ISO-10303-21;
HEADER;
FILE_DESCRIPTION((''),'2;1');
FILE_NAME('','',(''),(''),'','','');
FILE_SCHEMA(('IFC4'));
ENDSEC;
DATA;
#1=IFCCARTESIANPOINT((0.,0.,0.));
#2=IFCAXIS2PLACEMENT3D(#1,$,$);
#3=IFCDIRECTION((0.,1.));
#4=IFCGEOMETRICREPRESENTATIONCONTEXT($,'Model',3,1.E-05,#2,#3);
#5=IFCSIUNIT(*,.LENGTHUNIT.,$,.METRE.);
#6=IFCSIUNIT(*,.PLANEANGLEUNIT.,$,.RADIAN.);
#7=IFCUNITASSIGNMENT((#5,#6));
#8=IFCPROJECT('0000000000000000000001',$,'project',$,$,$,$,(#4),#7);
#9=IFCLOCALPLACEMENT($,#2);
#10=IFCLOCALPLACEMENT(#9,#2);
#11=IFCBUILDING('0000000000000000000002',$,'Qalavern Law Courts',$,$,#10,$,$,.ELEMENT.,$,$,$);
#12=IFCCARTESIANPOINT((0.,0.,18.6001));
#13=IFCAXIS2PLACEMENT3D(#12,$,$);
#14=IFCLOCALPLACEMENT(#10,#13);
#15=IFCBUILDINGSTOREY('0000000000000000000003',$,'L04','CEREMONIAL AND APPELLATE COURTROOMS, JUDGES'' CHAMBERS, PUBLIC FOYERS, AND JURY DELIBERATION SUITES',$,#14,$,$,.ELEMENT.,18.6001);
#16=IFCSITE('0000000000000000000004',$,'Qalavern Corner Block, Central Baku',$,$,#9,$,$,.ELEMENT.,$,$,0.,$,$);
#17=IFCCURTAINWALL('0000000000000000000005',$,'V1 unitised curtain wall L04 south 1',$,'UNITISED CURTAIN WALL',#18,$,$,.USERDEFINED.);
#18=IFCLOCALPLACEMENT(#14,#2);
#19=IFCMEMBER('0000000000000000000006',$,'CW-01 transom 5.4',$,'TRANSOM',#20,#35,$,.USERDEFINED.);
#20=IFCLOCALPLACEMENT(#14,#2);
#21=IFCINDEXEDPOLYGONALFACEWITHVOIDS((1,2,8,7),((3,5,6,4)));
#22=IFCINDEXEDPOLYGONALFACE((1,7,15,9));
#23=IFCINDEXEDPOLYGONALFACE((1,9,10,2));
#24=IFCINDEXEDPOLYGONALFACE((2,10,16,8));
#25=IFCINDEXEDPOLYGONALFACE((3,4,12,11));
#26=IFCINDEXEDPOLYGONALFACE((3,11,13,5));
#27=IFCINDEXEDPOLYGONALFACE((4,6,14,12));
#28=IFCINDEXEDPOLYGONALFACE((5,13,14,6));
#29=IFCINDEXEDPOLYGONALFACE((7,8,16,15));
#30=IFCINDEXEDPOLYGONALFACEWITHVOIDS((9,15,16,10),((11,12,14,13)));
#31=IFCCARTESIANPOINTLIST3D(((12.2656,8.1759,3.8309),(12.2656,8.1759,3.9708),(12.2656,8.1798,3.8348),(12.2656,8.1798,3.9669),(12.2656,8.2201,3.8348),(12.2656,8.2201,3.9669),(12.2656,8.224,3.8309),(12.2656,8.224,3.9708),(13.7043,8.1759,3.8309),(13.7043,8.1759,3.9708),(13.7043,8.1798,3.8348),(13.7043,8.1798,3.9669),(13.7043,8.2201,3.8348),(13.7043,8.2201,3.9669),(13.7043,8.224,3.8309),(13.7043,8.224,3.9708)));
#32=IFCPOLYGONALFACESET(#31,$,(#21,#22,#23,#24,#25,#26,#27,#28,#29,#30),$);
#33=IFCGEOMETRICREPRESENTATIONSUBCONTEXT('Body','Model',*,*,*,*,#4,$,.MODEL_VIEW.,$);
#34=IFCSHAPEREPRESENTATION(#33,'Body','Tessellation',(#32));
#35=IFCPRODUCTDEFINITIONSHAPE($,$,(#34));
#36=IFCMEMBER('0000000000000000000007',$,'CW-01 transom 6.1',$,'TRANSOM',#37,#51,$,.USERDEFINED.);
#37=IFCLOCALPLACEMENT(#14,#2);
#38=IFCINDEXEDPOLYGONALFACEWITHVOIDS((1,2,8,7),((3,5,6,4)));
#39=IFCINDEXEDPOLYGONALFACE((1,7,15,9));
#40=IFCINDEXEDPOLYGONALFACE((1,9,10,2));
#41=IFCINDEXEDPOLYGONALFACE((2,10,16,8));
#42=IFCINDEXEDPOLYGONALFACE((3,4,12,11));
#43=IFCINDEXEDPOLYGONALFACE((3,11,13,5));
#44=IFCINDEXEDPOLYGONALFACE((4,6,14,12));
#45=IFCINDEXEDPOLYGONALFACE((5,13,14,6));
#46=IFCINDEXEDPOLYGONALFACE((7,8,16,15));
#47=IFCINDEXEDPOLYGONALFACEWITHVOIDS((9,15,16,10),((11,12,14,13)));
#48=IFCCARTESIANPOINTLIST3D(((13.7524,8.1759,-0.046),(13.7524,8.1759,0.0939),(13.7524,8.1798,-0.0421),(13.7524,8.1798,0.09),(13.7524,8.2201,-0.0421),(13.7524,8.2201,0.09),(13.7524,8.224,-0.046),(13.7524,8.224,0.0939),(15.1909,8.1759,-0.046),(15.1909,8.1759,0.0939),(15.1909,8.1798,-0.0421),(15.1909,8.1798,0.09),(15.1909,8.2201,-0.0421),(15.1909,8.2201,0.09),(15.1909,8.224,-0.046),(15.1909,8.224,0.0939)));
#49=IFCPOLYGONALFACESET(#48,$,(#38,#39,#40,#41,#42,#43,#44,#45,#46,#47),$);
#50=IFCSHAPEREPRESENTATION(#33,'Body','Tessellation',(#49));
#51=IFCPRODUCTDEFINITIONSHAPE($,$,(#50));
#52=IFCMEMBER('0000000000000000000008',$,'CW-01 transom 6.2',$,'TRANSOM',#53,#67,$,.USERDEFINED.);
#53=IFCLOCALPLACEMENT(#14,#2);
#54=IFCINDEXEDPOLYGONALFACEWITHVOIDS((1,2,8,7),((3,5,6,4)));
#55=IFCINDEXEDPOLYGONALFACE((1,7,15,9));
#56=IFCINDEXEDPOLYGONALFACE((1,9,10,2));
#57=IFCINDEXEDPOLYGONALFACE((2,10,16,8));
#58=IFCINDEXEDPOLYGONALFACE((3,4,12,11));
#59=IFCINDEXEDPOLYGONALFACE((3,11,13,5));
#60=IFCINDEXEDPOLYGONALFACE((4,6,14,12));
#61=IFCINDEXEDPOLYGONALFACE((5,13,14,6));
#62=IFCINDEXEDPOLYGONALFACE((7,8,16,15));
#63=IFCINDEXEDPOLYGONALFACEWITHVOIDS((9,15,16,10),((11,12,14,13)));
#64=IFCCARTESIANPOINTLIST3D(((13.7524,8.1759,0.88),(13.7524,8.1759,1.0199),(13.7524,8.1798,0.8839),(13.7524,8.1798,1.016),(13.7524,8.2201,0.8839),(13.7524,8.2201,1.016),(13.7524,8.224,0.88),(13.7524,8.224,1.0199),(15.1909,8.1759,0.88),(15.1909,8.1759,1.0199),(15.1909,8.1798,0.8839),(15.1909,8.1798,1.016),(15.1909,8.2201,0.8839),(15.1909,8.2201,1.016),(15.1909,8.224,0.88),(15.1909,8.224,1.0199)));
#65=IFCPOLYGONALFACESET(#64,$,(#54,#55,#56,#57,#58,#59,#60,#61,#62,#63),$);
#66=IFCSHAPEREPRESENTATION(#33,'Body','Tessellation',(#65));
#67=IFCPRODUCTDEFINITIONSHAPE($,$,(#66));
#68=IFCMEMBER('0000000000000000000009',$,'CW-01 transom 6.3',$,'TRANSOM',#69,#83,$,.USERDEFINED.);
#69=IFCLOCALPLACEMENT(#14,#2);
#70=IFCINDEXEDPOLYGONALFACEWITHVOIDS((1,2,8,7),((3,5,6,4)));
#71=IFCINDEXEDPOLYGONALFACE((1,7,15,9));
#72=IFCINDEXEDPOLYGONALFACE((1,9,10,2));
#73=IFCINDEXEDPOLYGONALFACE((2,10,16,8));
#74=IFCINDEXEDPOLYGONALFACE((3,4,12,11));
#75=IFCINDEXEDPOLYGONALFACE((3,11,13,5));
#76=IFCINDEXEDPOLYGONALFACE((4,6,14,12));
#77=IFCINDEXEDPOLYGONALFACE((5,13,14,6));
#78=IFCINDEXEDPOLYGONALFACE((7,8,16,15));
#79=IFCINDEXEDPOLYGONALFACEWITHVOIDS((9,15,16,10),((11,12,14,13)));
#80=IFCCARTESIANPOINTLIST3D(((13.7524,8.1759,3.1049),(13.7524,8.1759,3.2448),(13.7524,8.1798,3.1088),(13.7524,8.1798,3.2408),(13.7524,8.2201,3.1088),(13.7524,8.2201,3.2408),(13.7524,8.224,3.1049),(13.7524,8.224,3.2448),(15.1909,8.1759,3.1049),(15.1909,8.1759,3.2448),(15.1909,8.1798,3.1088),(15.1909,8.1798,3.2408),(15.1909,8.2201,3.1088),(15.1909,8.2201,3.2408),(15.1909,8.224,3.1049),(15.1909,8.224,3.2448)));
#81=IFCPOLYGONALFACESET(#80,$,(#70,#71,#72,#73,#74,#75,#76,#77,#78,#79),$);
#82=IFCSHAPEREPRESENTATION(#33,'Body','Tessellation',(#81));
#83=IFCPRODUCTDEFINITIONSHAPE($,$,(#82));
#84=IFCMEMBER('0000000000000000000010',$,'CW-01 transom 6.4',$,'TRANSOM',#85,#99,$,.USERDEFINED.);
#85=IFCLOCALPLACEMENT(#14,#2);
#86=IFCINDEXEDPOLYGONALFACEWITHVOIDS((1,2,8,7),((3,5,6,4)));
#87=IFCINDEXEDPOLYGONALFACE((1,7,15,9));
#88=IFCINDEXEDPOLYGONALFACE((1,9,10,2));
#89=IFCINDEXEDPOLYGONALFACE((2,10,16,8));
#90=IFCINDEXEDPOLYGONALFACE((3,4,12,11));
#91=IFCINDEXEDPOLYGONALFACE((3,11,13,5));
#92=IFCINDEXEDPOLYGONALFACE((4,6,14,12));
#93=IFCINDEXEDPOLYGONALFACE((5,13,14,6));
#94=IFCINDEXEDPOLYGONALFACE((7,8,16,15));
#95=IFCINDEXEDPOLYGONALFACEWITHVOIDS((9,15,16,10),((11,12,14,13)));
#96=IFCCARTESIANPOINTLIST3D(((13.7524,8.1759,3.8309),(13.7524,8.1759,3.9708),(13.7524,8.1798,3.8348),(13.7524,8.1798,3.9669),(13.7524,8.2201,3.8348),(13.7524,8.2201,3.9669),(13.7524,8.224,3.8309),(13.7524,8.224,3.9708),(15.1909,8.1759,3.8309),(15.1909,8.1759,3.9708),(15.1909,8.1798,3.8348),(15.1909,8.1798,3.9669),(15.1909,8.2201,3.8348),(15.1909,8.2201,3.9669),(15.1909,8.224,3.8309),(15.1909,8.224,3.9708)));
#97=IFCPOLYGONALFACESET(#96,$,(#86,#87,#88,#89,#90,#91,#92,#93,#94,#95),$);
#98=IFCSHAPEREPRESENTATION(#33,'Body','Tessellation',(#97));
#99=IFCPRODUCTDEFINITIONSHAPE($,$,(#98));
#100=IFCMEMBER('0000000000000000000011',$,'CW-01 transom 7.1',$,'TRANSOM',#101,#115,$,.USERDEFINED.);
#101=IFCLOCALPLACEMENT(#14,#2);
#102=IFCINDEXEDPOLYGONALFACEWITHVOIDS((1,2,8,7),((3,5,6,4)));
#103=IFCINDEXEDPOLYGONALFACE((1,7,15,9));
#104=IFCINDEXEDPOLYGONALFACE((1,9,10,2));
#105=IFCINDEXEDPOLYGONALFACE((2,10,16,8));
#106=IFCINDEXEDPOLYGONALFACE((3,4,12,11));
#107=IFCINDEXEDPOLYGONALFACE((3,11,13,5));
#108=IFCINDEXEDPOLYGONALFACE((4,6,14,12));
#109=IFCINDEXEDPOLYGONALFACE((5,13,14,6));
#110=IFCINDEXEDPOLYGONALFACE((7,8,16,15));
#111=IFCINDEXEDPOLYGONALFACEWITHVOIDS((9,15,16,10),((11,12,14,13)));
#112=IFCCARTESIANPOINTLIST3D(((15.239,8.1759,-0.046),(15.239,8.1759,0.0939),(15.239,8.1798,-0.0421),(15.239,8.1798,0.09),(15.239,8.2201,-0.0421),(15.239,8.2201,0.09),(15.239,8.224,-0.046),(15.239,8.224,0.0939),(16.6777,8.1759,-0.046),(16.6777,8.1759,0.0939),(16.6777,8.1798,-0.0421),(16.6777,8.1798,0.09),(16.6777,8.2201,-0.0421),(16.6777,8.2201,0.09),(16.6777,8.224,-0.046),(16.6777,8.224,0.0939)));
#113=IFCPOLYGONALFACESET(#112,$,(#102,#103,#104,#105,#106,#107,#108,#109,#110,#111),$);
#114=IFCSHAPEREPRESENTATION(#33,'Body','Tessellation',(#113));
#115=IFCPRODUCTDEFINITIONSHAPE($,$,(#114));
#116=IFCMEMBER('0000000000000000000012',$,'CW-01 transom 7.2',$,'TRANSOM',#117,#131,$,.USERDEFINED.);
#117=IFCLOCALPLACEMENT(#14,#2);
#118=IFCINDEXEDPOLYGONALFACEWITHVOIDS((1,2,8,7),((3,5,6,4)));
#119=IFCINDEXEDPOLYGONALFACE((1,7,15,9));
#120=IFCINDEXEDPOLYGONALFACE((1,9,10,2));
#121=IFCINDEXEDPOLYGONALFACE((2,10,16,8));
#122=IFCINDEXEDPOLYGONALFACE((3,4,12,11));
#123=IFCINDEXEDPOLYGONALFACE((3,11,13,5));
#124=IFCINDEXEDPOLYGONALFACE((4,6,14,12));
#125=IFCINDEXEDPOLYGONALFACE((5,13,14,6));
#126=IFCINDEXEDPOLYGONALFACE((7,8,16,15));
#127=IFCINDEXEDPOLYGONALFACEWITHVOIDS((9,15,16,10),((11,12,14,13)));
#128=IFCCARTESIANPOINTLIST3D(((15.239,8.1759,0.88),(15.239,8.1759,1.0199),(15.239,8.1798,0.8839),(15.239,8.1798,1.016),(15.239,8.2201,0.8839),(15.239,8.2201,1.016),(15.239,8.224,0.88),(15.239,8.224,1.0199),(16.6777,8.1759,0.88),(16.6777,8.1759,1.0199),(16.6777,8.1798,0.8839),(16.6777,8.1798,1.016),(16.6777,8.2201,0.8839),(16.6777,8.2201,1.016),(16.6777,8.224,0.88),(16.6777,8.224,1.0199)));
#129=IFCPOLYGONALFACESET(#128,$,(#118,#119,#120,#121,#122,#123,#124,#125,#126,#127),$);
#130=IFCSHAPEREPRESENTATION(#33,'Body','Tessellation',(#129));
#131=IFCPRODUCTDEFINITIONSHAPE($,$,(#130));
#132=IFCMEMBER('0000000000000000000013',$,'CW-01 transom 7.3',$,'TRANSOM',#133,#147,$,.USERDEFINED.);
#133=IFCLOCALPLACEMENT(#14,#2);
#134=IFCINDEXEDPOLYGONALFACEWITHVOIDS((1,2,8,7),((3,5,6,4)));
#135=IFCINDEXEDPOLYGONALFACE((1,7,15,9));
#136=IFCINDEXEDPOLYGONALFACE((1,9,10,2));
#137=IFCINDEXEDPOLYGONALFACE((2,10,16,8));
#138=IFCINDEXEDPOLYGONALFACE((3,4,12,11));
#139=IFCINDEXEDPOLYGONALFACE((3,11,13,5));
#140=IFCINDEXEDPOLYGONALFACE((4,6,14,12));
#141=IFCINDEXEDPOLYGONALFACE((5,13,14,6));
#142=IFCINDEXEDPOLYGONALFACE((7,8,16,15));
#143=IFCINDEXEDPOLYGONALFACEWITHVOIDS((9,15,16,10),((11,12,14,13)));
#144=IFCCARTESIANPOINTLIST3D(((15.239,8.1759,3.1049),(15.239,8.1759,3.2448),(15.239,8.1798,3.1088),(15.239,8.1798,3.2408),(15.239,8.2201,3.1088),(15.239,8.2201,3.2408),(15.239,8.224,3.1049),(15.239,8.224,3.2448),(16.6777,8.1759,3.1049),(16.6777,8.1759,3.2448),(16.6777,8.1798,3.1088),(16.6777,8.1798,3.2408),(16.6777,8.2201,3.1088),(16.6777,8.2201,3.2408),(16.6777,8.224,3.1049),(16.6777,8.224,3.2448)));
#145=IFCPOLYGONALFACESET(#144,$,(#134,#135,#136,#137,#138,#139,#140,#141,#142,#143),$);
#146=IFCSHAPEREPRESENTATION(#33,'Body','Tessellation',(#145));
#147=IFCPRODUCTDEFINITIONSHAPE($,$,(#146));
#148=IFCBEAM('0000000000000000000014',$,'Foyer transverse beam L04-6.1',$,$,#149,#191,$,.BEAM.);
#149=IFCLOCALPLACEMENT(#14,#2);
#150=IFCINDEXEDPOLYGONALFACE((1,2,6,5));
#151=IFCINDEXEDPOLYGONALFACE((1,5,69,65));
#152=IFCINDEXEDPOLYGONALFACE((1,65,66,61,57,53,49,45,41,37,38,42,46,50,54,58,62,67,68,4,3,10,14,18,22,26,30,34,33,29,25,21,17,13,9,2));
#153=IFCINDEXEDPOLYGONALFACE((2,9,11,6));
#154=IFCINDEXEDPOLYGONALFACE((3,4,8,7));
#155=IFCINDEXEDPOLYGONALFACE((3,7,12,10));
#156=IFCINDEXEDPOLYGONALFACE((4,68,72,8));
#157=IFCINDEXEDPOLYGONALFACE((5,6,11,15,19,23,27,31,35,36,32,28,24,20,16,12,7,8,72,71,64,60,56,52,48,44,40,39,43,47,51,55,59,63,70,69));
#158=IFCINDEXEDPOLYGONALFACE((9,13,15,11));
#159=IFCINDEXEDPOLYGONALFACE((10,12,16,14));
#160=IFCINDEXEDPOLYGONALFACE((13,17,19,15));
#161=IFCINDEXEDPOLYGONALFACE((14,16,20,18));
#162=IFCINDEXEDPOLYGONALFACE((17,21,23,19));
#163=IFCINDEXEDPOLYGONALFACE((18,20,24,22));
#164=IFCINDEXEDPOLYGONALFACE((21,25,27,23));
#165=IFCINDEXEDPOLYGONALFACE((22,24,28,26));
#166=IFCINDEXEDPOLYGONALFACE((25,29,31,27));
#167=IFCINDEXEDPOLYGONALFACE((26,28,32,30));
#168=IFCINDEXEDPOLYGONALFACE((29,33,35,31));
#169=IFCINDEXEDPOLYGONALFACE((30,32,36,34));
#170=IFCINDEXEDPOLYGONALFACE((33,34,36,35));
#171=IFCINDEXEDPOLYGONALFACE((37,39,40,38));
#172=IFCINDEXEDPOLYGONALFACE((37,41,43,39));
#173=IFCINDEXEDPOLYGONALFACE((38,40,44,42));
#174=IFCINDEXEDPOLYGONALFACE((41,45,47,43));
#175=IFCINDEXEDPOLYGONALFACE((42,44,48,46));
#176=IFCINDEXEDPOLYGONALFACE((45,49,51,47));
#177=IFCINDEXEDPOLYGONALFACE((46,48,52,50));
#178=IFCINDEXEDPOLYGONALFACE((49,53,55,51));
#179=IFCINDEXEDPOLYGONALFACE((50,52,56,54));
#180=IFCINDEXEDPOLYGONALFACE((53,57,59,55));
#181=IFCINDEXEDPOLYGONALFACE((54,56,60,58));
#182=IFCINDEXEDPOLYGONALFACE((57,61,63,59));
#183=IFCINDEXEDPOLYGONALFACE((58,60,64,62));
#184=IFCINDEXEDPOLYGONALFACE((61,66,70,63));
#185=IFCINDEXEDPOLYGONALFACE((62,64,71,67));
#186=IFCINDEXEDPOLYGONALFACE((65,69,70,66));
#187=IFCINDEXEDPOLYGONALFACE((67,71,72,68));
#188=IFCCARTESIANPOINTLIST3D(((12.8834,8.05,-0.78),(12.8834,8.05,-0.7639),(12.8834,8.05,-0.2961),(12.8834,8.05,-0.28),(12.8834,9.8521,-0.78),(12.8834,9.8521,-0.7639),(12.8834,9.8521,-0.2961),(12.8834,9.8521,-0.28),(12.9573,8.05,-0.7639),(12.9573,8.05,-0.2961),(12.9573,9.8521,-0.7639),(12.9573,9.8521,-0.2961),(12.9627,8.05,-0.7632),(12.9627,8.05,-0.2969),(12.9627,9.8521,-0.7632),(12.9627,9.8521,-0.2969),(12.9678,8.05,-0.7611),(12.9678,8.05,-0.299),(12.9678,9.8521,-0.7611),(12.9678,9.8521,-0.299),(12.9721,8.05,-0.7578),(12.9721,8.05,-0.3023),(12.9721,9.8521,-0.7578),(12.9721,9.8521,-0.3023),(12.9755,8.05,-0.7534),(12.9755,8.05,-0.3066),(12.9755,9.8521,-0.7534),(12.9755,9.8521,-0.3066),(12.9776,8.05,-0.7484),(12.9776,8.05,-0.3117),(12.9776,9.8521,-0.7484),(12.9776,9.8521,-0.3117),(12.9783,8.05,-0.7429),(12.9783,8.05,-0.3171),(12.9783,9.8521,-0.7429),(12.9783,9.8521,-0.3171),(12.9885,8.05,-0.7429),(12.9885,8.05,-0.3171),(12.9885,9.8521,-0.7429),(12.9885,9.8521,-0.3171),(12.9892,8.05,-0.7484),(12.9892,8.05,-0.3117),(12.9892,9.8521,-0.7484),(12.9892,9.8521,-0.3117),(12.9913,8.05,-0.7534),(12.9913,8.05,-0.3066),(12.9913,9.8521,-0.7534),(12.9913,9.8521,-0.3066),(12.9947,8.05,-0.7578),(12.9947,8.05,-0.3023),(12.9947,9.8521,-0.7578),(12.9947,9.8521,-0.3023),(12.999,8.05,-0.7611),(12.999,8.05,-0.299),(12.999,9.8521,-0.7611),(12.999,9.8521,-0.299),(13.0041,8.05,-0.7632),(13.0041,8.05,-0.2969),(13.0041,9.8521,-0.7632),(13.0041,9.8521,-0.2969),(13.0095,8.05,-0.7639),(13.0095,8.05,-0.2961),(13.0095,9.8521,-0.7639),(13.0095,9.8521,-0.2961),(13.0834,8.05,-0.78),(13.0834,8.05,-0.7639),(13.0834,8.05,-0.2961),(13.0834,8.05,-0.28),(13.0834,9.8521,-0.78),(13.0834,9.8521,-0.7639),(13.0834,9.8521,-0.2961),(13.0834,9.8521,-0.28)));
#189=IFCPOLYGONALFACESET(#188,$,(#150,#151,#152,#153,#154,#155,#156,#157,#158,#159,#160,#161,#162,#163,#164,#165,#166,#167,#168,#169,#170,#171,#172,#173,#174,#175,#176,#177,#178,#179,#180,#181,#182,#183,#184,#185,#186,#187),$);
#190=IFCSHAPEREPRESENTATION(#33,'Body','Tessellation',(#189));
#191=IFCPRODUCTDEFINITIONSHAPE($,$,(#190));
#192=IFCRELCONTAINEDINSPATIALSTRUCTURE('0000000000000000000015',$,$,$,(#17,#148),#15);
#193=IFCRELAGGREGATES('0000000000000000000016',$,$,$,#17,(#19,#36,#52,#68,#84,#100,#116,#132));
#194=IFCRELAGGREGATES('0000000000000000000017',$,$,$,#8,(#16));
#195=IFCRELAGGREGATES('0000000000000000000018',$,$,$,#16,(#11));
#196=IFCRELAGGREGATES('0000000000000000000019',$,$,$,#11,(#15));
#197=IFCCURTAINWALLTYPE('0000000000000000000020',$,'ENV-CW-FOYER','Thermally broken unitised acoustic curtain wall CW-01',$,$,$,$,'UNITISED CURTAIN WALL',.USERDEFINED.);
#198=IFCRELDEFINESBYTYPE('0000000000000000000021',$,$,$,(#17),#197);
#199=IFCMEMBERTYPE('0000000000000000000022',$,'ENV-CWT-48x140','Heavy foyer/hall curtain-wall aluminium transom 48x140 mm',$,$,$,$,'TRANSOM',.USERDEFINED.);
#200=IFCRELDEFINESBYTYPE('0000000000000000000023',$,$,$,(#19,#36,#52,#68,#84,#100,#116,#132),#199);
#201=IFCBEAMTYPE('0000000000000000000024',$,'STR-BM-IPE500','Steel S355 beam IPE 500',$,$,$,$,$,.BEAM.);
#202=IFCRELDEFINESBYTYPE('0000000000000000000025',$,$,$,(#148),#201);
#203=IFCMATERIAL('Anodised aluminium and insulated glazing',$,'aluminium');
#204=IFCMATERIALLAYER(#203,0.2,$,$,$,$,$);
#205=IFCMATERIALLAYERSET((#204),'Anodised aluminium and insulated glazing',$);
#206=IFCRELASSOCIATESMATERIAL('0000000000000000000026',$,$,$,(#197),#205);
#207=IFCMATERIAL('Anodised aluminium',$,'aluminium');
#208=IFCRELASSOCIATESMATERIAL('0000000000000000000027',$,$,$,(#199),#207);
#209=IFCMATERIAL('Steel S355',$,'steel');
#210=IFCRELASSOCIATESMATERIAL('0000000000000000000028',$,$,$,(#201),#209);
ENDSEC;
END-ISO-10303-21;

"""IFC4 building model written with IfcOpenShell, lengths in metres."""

from ifc_helpers import new_model, si_unit, direction, frame, origin, origin_2d, place, context, subcontext, project, spatial, hollow_rectangle, i_section, extrude, material, layer, layer_set, material_profile, profile_set, type_object, element, aggregate, save


model = new_model("IFC4")

# Units and contexts
model_context = context("Model", 3, precision=1e-05, world=origin(), true_north=direction((0.0, 1.0)))
body_context = subcontext(model_context, "Body", "Model", "MODEL_VIEW")
ifc_project = project(units=[si_unit("LENGTHUNIT", "METRE"), si_unit("PLANEANGLEUNIT", "RADIAN")], contexts=[model_context])

# Site, building, storey
site_placement = place(None, origin())
site = spatial("IfcSite", under=ifc_project, at=site_placement, Name="Qalavern Corner Block, Central Baku", CompositionType="ELEMENT", RefElevation=0.0)
building_placement = place(site_placement, origin())
building = spatial("IfcBuilding", under=site, at=building_placement, Name="Qalavern Law Courts", CompositionType="ELEMENT")
storey_placement = place(building_placement, frame((0.0, 0.0, 18.6001)))
storey = spatial("IfcBuildingStorey", under=building, at=storey_placement, Name="L04", Description="CEREMONIAL AND APPELLATE COURTROOMS, JUDGES' CHAMBERS, PUBLIC FOYERS, AND JURY DELIBERATION SUITES", CompositionType="ELEMENT", Elevation=18.6001)

# Curtain wall, members
ifc_material_1 = material(Name="Anodised aluminium and insulated glazing", Category="aluminium")
ifc_layer_1 = layer(ifc_material_1, 0.2)
ifc_layer_set_1 = layer_set([ifc_layer_1], Name="Anodised aluminium and insulated glazing")
curtain_wall_type = type_object("IfcCurtainWallType", Name="ENV-CW-FOYER", Description="Thermally broken unitised acoustic curtain wall CW-01", ElementType="UNITISED CURTAIN WALL", PredefinedType="USERDEFINED", material=ifc_layer_set_1)
curtain_wall_placement = place(storey_placement, origin())
curtain_wall = element("IfcCurtainWall", 1, at=curtain_wall_placement, inside=storey, type_object=curtain_wall_type, Name="V1 unitised curtain wall L04 south 1", ObjectType="UNITISED CURTAIN WALL", PredefinedType="USERDEFINED")
ifc_material_2 = material(Name="Anodised aluminium", Category="aluminium")
ifc_material_profile_1 = material_profile(ifc_material_2, hollow_rectangle(XDim=0.0481, YDim=0.1399, WallThickness=0.0039, at=origin_2d()), Name="ALU TRANSOM 48x140")
ifc_profile_set_1 = profile_set([ifc_material_profile_1], Name="Anodised aluminium")
member_type_1 = type_object("IfcMemberType", Name="ENV-CWT-48x140", Description="Heavy foyer/hall curtain-wall aluminium transom 48x140 mm", ElementType="TRANSOM", PredefinedType="USERDEFINED", material=ifc_profile_set_1)
member_1_placement = place(storey_placement, frame((12.2656, 8.2, 3.9009), z_axis=(1.0, 0.0, 0.0), x_axis=(0.0, 1.0, 0.0)))
member_1 = element("IfcMember", 2, at=member_1_placement, type_object=member_type_1, Name="CW-01 transom 5.4", ObjectType="TRANSOM", PredefinedType="USERDEFINED", context=body_context, shape_type="SweptSolid", body=[
    extrude(hollow_rectangle(XDim=0.0481, YDim=0.1399, WallThickness=0.0039, at=origin_2d()), origin(), (0.0, 0.0, 1.0), 1.4387),
])
member_2_placement = place(storey_placement, frame((13.7524, 8.2, 0.0239), z_axis=(1.0, 0.0, 0.0), x_axis=(0.0, 1.0, 0.0)))
member_2 = element("IfcMember", 3, at=member_2_placement, type_object=member_type_1, Name="CW-01 transom 6.1", ObjectType="TRANSOM", PredefinedType="USERDEFINED", context=body_context, shape_type="SweptSolid", body=[
    extrude(hollow_rectangle(XDim=0.0481, YDim=0.1399, WallThickness=0.0039, at=origin_2d()), origin(), (0.0, 0.0, 1.0), 1.4385),
])
member_3_placement = place(storey_placement, frame((13.7524, 8.2, 0.95), z_axis=(1.0, 0.0, 0.0), x_axis=(0.0, 1.0, 0.0)))
member_3 = element("IfcMember", 4, at=member_3_placement, type_object=member_type_1, Name="CW-01 transom 6.2", ObjectType="TRANSOM", PredefinedType="USERDEFINED", context=body_context, shape_type="SweptSolid", body=[
    extrude(hollow_rectangle(XDim=0.0481, YDim=0.1399, WallThickness=0.0039, at=origin_2d()), origin(), (0.0, 0.0, 1.0), 1.4385),
])
member_4_placement = place(storey_placement, frame((13.7524, 8.2, 3.1748), z_axis=(1.0, 0.0, 0.0), x_axis=(0.0, 1.0, 0.0)))
member_4 = element("IfcMember", 5, at=member_4_placement, type_object=member_type_1, Name="CW-01 transom 6.3", ObjectType="TRANSOM", PredefinedType="USERDEFINED", context=body_context, shape_type="SweptSolid", body=[
    extrude(hollow_rectangle(XDim=0.0481, YDim=0.1399, WallThickness=0.0039, at=origin_2d()), origin(), (0.0, 0.0, 1.0), 1.4385),
])
member_5_placement = place(storey_placement, frame((13.7524, 8.2, 3.9009), z_axis=(1.0, 0.0, 0.0), x_axis=(0.0, 1.0, 0.0)))
member_5 = element("IfcMember", 6, at=member_5_placement, type_object=member_type_1, Name="CW-01 transom 6.4", ObjectType="TRANSOM", PredefinedType="USERDEFINED", context=body_context, shape_type="SweptSolid", body=[
    extrude(hollow_rectangle(XDim=0.0481, YDim=0.1399, WallThickness=0.0039, at=origin_2d()), origin(), (0.0, 0.0, 1.0), 1.4385),
])
member_6_placement = place(storey_placement, frame((15.239, 8.2, 0.0239), z_axis=(1.0, 0.0, 0.0), x_axis=(0.0, 1.0, 0.0)))
member_6 = element("IfcMember", 7, at=member_6_placement, type_object=member_type_1, Name="CW-01 transom 7.1", ObjectType="TRANSOM", PredefinedType="USERDEFINED", context=body_context, shape_type="SweptSolid", body=[
    extrude(hollow_rectangle(XDim=0.0481, YDim=0.1399, WallThickness=0.0039, at=origin_2d()), origin(), (0.0, 0.0, 1.0), 1.4387),
])
member_7_placement = place(storey_placement, frame((15.239, 8.2, 0.95), z_axis=(1.0, 0.0, 0.0), x_axis=(0.0, 1.0, 0.0)))
member_7 = element("IfcMember", 8, at=member_7_placement, type_object=member_type_1, Name="CW-01 transom 7.2", ObjectType="TRANSOM", PredefinedType="USERDEFINED", context=body_context, shape_type="SweptSolid", body=[
    extrude(hollow_rectangle(XDim=0.0481, YDim=0.1399, WallThickness=0.0039, at=origin_2d()), origin(), (0.0, 0.0, 1.0), 1.4387),
])
member_8_placement = place(storey_placement, frame((15.239, 8.2, 3.1748), z_axis=(1.0, 0.0, 0.0), x_axis=(0.0, 1.0, 0.0)))
member_8 = element("IfcMember", 9, at=member_8_placement, type_object=member_type_1, Name="CW-01 transom 7.3", ObjectType="TRANSOM", PredefinedType="USERDEFINED", context=body_context, shape_type="SweptSolid", body=[
    extrude(hollow_rectangle(XDim=0.0481, YDim=0.1399, WallThickness=0.0039, at=origin_2d()), origin(), (0.0, 0.0, 1.0), 1.4387),
])

# Beam
ifc_material_3 = material(Name="Steel S355", Category="steel")
ifc_material_profile_2 = material_profile(ifc_material_3, i_section(OverallWidth=0.2, OverallDepth=0.5, WebThickness=0.0103, FlangeThickness=0.0161, FilletRadius=0.021, at=origin_2d()), Name="IPE 500")
ifc_profile_set_2 = profile_set([ifc_material_profile_2], Name="Steel S355")
beam_type = type_object("IfcBeamType", Name="STR-BM-IPE500", Description="Steel S355 beam IPE 500", PredefinedType="BEAM", material=ifc_profile_set_2)
beam_1_placement = place(storey_placement, frame((12.9834, 8.05, -0.53), z_axis=(0.0, 1.0, 0.0), x_axis=(-1.0, 0.0, 0.0)))
element("IfcBeam", 10, at=beam_1_placement, inside=storey, type_object=beam_type, Name="Foyer transverse beam L04-6.1", PredefinedType="BEAM", context=body_context, shape_type="SweptSolid", body=[
    extrude(i_section(OverallWidth=0.2, OverallDepth=0.5, WebThickness=0.0103, FlangeThickness=0.0161, FilletRadius=0.021, at=origin_2d()), origin(), (0.0, 0.0, 1.0), 1.802),
])

aggregate(curtain_wall, [member_1, member_2, member_3, member_4, member_5, member_6, member_7, member_8])

save(model, "model.ifc")
